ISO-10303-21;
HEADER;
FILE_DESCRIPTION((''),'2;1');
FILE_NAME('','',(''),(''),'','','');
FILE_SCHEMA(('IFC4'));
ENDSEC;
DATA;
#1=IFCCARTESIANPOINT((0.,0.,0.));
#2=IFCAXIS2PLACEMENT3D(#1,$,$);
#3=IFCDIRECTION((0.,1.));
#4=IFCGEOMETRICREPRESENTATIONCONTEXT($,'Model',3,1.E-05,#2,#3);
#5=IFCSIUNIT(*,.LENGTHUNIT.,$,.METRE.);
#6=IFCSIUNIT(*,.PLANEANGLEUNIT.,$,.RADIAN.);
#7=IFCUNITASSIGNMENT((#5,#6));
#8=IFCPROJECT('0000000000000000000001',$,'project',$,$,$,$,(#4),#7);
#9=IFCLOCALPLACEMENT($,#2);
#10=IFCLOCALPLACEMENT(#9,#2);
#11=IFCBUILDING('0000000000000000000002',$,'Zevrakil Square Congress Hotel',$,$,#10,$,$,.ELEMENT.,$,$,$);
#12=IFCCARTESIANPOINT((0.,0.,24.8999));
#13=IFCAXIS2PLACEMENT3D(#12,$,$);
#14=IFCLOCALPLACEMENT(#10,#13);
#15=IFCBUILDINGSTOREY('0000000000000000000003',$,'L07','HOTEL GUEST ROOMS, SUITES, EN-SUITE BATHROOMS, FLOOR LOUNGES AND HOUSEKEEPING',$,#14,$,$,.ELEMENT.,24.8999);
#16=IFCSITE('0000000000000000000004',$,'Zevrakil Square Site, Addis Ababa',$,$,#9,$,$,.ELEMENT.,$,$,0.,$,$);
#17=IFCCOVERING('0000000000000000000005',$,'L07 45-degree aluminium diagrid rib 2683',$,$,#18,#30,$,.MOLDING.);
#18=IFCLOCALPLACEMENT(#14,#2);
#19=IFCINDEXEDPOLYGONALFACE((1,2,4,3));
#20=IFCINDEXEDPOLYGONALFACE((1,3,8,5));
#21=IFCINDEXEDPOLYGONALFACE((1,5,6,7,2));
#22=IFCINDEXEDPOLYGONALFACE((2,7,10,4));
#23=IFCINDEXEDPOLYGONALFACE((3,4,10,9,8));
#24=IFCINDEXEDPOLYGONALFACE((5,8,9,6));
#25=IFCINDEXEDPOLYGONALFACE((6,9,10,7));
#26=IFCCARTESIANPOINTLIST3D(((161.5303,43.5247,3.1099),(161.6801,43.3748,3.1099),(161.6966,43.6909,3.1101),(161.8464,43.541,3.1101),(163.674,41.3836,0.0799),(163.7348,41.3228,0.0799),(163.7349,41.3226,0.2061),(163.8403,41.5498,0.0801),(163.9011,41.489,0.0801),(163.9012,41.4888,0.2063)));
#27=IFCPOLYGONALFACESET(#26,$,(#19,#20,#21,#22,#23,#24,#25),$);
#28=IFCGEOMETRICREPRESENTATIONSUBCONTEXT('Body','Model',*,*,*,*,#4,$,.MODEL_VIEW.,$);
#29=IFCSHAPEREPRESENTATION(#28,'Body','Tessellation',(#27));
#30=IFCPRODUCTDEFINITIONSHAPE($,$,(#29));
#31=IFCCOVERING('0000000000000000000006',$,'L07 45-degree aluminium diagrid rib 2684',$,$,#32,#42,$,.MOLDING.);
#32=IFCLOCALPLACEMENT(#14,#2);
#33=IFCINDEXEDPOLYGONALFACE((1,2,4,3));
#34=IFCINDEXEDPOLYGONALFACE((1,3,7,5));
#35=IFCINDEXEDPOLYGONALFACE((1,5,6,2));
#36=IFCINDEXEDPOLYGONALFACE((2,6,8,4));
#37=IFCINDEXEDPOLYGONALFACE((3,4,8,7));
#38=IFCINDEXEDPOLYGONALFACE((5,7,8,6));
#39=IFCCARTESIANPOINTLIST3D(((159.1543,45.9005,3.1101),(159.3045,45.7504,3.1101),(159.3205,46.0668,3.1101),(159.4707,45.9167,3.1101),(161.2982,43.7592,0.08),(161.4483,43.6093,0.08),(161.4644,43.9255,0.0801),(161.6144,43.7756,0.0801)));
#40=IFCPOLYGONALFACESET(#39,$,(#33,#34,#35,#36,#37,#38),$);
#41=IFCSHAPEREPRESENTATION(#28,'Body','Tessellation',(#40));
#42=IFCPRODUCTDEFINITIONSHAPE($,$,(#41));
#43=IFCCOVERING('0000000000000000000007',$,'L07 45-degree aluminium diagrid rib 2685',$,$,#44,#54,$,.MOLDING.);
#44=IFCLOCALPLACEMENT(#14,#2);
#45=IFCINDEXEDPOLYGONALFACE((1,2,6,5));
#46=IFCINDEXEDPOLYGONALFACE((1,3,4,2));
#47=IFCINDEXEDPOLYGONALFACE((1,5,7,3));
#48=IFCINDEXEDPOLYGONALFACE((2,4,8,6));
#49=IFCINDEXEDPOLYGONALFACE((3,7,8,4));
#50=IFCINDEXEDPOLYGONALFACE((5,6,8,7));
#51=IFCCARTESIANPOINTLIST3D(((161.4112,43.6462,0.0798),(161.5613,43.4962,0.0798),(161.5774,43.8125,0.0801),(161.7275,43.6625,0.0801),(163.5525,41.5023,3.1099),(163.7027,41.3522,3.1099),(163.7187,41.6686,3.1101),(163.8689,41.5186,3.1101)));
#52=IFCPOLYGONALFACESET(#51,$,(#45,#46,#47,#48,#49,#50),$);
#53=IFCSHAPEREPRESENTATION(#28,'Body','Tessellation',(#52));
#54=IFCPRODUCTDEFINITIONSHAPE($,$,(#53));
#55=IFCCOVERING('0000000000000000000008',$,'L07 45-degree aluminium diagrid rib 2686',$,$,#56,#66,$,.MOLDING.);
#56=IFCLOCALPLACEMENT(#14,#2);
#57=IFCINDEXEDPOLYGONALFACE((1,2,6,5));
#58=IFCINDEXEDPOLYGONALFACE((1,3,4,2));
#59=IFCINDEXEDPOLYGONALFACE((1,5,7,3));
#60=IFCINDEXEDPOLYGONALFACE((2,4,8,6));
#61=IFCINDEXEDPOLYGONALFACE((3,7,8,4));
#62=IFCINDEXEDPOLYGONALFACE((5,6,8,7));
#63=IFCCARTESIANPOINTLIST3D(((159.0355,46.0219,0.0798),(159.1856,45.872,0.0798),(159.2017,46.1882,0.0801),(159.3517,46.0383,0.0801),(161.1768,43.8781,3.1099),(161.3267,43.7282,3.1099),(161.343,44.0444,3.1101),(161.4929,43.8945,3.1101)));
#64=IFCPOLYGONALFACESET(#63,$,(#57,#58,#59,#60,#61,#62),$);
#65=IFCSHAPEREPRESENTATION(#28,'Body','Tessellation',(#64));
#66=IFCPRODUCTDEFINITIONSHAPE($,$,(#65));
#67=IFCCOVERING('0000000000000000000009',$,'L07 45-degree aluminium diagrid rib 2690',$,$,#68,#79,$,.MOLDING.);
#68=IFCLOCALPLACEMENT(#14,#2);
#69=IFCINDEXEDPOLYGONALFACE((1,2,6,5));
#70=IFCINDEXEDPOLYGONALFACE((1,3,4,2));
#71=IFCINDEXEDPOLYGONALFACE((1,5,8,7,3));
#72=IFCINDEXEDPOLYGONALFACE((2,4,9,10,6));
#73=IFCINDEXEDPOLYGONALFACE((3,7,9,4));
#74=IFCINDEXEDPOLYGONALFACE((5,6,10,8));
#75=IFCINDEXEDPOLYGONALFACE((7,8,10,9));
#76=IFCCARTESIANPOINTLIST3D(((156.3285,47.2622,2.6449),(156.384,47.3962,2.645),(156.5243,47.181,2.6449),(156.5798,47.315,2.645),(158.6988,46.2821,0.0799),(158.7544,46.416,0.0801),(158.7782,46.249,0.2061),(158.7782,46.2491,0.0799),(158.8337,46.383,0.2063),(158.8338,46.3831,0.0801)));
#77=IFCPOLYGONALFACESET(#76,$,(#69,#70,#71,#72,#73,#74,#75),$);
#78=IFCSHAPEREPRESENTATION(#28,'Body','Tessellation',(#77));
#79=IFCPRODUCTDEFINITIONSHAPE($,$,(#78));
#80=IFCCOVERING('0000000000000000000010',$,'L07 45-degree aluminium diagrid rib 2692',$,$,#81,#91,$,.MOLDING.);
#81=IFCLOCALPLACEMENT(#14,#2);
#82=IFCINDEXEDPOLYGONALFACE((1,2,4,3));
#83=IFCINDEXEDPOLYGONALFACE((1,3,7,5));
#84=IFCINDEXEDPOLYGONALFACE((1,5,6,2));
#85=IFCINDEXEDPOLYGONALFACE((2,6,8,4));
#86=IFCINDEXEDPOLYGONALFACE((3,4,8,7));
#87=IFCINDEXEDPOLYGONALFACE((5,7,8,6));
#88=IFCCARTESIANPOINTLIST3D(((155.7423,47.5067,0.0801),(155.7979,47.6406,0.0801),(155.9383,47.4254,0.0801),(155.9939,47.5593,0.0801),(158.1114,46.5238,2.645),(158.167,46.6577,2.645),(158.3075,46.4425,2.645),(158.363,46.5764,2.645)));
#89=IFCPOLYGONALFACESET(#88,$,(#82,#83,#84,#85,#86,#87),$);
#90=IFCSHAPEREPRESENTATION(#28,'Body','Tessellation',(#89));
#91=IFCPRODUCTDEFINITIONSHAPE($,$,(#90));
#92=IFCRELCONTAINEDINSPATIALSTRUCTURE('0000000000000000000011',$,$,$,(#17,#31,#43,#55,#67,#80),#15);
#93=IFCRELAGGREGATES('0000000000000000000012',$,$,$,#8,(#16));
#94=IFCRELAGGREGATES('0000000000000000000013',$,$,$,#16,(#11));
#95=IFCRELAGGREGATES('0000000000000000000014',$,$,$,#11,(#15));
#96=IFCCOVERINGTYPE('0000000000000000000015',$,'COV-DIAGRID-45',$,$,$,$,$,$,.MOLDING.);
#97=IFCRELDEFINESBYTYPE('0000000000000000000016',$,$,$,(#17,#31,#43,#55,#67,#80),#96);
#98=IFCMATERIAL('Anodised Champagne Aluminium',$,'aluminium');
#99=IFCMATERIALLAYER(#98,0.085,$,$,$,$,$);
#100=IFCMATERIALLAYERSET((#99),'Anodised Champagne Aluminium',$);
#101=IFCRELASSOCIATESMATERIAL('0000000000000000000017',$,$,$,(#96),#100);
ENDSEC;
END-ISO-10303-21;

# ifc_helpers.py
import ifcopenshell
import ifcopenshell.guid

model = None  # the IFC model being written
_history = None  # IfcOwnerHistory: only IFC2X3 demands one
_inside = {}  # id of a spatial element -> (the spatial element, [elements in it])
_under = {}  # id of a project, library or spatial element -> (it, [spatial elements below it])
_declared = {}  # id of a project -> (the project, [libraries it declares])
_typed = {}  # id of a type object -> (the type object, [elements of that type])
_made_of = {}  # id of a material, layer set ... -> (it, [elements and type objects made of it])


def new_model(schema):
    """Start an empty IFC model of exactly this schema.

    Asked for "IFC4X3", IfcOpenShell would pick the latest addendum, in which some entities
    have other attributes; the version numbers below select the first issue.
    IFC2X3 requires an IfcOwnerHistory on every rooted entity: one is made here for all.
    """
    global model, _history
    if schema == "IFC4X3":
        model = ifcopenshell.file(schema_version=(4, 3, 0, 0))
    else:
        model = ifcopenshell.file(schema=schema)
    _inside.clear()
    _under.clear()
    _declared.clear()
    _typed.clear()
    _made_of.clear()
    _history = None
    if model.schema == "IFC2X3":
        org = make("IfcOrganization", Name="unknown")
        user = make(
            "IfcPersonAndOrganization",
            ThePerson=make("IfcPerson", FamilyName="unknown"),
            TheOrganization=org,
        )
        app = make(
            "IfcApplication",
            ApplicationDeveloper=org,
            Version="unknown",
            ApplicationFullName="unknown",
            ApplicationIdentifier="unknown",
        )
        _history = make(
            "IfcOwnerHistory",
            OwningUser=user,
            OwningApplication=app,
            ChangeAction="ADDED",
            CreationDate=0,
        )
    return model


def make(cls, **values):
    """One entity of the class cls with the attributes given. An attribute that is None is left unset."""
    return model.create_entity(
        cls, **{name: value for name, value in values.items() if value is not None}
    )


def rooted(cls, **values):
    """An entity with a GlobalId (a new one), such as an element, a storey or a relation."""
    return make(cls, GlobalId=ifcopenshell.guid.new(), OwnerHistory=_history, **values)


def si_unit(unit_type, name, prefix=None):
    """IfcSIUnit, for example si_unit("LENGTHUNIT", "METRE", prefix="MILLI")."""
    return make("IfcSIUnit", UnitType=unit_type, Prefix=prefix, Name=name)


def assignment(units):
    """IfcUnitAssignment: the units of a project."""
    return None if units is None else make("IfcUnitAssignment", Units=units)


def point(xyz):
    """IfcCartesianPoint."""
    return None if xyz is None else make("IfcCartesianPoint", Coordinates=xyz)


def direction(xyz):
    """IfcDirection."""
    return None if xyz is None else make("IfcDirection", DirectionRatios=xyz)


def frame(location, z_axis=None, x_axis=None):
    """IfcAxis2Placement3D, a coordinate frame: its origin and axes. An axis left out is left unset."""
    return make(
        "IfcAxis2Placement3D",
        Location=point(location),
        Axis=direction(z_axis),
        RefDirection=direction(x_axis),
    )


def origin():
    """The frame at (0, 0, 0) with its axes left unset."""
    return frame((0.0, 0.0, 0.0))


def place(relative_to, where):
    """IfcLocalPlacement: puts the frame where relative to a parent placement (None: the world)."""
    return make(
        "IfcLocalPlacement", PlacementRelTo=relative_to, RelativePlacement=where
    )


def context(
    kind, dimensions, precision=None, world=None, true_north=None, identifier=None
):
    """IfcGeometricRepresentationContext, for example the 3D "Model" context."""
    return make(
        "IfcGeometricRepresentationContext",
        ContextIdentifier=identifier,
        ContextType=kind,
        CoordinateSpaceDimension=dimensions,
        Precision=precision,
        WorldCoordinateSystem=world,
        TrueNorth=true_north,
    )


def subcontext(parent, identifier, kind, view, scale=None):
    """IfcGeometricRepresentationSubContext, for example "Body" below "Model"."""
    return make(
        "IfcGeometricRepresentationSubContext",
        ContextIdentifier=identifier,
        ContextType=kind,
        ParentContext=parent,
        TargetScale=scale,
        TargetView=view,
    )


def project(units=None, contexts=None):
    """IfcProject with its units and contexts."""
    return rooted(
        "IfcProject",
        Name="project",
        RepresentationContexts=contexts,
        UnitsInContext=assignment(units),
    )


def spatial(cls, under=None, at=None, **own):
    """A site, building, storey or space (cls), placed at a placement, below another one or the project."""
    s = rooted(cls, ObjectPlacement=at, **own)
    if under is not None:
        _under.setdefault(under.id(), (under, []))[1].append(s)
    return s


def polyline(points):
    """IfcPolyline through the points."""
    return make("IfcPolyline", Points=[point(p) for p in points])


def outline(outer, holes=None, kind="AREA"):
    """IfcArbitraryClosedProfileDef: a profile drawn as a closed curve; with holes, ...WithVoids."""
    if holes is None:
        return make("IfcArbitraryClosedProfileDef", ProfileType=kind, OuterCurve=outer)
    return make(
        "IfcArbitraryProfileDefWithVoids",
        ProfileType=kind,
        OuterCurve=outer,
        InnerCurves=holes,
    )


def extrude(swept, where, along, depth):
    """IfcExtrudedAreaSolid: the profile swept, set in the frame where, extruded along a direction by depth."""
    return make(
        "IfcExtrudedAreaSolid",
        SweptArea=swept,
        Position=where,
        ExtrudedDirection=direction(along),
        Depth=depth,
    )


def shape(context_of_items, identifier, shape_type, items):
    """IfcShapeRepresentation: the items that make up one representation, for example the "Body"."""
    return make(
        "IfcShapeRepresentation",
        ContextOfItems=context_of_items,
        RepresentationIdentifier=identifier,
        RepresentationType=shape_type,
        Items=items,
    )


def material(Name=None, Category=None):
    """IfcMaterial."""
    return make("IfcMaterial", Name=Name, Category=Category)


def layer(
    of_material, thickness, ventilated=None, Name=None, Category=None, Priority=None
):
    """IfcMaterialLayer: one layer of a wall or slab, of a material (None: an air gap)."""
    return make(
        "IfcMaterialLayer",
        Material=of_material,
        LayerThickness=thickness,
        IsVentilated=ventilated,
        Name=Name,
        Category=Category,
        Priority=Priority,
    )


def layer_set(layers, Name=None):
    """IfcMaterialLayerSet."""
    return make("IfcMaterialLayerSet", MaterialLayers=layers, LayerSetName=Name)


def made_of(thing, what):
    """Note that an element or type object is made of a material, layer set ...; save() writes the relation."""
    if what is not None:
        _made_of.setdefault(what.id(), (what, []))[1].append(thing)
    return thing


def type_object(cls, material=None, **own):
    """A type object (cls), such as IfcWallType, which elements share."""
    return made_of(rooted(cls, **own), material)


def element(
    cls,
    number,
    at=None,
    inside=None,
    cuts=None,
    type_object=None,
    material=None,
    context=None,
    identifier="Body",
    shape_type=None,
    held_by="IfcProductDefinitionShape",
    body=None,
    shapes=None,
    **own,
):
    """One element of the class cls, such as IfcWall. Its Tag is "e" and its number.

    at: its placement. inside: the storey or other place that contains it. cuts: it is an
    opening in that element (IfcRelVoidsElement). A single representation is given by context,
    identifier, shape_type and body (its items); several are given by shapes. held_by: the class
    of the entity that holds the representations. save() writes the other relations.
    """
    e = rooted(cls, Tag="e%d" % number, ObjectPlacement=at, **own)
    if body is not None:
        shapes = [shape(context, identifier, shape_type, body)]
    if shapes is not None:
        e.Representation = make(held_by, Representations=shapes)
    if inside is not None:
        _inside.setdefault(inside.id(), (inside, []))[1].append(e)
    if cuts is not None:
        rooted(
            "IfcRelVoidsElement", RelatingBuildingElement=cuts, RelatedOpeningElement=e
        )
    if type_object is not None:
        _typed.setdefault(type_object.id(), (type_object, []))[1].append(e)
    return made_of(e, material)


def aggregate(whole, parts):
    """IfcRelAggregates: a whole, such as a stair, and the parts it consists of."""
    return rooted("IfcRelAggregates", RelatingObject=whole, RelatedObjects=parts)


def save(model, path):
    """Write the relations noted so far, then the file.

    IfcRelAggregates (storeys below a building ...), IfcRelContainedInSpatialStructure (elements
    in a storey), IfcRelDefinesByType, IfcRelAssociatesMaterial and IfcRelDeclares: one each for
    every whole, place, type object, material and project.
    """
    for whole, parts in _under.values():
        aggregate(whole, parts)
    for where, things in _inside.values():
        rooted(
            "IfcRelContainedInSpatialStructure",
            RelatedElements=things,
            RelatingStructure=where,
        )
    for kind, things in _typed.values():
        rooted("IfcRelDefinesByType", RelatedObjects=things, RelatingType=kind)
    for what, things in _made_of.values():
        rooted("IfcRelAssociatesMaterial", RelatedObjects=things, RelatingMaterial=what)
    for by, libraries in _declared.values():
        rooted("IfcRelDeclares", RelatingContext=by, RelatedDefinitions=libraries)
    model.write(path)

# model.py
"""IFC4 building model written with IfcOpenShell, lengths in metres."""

from ifc_helpers import new_model, si_unit, direction, frame, origin, place, context, subcontext, project, spatial, polyline, outline, extrude, material, layer, layer_set, type_object, element, save


model = new_model("IFC4")

# Units and contexts
model_context = context("Model", 3, precision=1e-05, world=origin(), true_north=direction((0.0, 1.0)))
body_context = subcontext(model_context, "Body", "Model", "MODEL_VIEW")
ifc_project = project(units=[si_unit("LENGTHUNIT", "METRE"), si_unit("PLANEANGLEUNIT", "RADIAN")], contexts=[model_context])

# Site, building, storey
site_placement = place(None, origin())
site = spatial("IfcSite", under=ifc_project, at=site_placement, Name="Zevrakil Square Site, Addis Ababa", CompositionType="ELEMENT", RefElevation=0.0)
building_placement = place(site_placement, origin())
building = spatial("IfcBuilding", under=site, at=building_placement, Name="Zevrakil Square Congress Hotel", CompositionType="ELEMENT")
storey_placement = place(building_placement, frame((0.0, 0.0, 24.8999)))
storey = spatial("IfcBuildingStorey", under=building, at=storey_placement, Name="L07", Description="HOTEL GUEST ROOMS, SUITES, EN-SUITE BATHROOMS, FLOOR LOUNGES AND HOUSEKEEPING", CompositionType="ELEMENT", Elevation=24.8999)

# Coverings
ifc_material_1 = material(Name="Anodised Champagne Aluminium", Category="aluminium")
ifc_layer_1 = layer(ifc_material_1, 0.085)
ifc_layer_set_1 = layer_set([ifc_layer_1], Name="Anodised Champagne Aluminium")
covering_type_1 = type_object("IfcCoveringType", Name="COV-DIAGRID-45", PredefinedType="MOLDING", material=ifc_layer_set_1)
covering_1_placement = place(storey_placement, frame((163.8403, 41.5498, 0.0801), z_axis=(0.707264, 0.706949, 0.000841), x_axis=(0.706949, -0.707265, 0.0)))
element("IfcCovering", 1, at=covering_1_placement, inside=storey, type_object=covering_type_1, Name="L07 45-degree aluminium diagrid rib 2683", PredefinedType="MOLDING", context=body_context, shape_type="SweptSolid", body=[
    extrude(outline(polyline([(0.0, 0.0), (0.086, 0.0), (0.0861, -0.1262), (-2.8179, -3.03), (-3.0299, -3.03), (0.0, 0.0)])), origin(), (0.0, 0.0, -1.0), 0.2351),
])
covering_2_placement = place(storey_placement, frame((161.4644, 43.9255, 0.0801), z_axis=(0.706819, 0.707394, 0.000192), x_axis=(0.707394, -0.706819, 0.0)))
element("IfcCovering", 2, at=covering_2_placement, inside=storey, type_object=covering_type_1, Name="L07 45-degree aluminium diagrid rib 2684", PredefinedType="MOLDING", context=body_context, shape_type="SweptSolid", body=[
    extrude(outline(polyline([(0.0, 0.0), (0.2122, 0.0), (-2.8177, -3.03), (-3.0301, -3.03), (0.0, 0.0)])), origin(), (0.0, 0.0, -1.0), 0.2351),
])
covering_3_placement = place(storey_placement, frame((163.8689, 41.5186, 3.1101), z_axis=(0.706819, 0.707394, 0.001005), x_axis=(-0.707394, 0.706819, 0.0)))
element("IfcCovering", 3, at=covering_3_placement, inside=storey, type_object=covering_type_1, Name="L07 45-degree aluminium diagrid rib 2685", PredefinedType="MOLDING", context=body_context, shape_type="SweptSolid", body=[
    extrude(outline(polyline([(0.0, 0.0), (0.2123, 0.0), (3.2424, -3.03), (3.0302, -3.03), (0.0, 0.0)])), origin(), (0.0, 0.0, -1.0), 0.2351),
])
covering_4_placement = place(storey_placement, frame((161.4929, 43.8945, 3.1101), z_axis=(0.706819, 0.707394, 0.001005), x_axis=(-0.707395, 0.706819, 0.0)))
element("IfcCovering", 4, at=covering_4_placement, inside=storey, type_object=covering_type_1, Name="L07 45-degree aluminium diagrid rib 2686", PredefinedType="MOLDING", context=body_context, shape_type="SweptSolid", body=[
    extrude(outline(polyline([(0.0, 0.0), (0.212, 0.0), (3.2421, -3.03), (3.0299, -3.03), (0.0, 0.0)])), origin(), (0.0, 0.0, -1.0), 0.2351),
])
covering_5_placement = place(storey_placement, frame((158.7544, 46.416, 0.0801), z_axis=(0.3831, 0.923706, 0.001049), x_axis=(0.923707, -0.3831, 0.000001)))
element("IfcCovering", 5, at=covering_5_placement, inside=storey, type_object=covering_type_1, Name="L07 45-degree aluminium diagrid rib 2690", PredefinedType="MOLDING", context=body_context, shape_type="SweptSolid", body=[
    extrude(outline(polyline([(0.0, 0.0), (0.0859, 0.0), (0.0859, -0.1262), (-2.353, -2.5649), (-2.565, -2.5649), (0.0, 0.0)])), origin(), (0.0, 0.0, -1.0), 0.145),
])
covering_6_placement = place(storey_placement, frame((158.363, 46.5764, 2.645), z_axis=(0.383063, 0.923722, 0.000158), x_axis=(-0.923722, 0.383063, 0.0)))
element("IfcCovering", 6, at=covering_6_placement, inside=storey, type_object=covering_type_1, Name="L07 45-degree aluminium diagrid rib 2692", PredefinedType="MOLDING", context=body_context, shape_type="SweptSolid", body=[
    extrude(outline(polyline([(0.0, 0.0), (0.2122, 0.0), (2.7772, -2.5649), (2.5649, -2.5649), (0.0, 0.0)])), origin(), (0.0, 0.0, -1.0), 0.145),
])

save(model, "model.ifc")
